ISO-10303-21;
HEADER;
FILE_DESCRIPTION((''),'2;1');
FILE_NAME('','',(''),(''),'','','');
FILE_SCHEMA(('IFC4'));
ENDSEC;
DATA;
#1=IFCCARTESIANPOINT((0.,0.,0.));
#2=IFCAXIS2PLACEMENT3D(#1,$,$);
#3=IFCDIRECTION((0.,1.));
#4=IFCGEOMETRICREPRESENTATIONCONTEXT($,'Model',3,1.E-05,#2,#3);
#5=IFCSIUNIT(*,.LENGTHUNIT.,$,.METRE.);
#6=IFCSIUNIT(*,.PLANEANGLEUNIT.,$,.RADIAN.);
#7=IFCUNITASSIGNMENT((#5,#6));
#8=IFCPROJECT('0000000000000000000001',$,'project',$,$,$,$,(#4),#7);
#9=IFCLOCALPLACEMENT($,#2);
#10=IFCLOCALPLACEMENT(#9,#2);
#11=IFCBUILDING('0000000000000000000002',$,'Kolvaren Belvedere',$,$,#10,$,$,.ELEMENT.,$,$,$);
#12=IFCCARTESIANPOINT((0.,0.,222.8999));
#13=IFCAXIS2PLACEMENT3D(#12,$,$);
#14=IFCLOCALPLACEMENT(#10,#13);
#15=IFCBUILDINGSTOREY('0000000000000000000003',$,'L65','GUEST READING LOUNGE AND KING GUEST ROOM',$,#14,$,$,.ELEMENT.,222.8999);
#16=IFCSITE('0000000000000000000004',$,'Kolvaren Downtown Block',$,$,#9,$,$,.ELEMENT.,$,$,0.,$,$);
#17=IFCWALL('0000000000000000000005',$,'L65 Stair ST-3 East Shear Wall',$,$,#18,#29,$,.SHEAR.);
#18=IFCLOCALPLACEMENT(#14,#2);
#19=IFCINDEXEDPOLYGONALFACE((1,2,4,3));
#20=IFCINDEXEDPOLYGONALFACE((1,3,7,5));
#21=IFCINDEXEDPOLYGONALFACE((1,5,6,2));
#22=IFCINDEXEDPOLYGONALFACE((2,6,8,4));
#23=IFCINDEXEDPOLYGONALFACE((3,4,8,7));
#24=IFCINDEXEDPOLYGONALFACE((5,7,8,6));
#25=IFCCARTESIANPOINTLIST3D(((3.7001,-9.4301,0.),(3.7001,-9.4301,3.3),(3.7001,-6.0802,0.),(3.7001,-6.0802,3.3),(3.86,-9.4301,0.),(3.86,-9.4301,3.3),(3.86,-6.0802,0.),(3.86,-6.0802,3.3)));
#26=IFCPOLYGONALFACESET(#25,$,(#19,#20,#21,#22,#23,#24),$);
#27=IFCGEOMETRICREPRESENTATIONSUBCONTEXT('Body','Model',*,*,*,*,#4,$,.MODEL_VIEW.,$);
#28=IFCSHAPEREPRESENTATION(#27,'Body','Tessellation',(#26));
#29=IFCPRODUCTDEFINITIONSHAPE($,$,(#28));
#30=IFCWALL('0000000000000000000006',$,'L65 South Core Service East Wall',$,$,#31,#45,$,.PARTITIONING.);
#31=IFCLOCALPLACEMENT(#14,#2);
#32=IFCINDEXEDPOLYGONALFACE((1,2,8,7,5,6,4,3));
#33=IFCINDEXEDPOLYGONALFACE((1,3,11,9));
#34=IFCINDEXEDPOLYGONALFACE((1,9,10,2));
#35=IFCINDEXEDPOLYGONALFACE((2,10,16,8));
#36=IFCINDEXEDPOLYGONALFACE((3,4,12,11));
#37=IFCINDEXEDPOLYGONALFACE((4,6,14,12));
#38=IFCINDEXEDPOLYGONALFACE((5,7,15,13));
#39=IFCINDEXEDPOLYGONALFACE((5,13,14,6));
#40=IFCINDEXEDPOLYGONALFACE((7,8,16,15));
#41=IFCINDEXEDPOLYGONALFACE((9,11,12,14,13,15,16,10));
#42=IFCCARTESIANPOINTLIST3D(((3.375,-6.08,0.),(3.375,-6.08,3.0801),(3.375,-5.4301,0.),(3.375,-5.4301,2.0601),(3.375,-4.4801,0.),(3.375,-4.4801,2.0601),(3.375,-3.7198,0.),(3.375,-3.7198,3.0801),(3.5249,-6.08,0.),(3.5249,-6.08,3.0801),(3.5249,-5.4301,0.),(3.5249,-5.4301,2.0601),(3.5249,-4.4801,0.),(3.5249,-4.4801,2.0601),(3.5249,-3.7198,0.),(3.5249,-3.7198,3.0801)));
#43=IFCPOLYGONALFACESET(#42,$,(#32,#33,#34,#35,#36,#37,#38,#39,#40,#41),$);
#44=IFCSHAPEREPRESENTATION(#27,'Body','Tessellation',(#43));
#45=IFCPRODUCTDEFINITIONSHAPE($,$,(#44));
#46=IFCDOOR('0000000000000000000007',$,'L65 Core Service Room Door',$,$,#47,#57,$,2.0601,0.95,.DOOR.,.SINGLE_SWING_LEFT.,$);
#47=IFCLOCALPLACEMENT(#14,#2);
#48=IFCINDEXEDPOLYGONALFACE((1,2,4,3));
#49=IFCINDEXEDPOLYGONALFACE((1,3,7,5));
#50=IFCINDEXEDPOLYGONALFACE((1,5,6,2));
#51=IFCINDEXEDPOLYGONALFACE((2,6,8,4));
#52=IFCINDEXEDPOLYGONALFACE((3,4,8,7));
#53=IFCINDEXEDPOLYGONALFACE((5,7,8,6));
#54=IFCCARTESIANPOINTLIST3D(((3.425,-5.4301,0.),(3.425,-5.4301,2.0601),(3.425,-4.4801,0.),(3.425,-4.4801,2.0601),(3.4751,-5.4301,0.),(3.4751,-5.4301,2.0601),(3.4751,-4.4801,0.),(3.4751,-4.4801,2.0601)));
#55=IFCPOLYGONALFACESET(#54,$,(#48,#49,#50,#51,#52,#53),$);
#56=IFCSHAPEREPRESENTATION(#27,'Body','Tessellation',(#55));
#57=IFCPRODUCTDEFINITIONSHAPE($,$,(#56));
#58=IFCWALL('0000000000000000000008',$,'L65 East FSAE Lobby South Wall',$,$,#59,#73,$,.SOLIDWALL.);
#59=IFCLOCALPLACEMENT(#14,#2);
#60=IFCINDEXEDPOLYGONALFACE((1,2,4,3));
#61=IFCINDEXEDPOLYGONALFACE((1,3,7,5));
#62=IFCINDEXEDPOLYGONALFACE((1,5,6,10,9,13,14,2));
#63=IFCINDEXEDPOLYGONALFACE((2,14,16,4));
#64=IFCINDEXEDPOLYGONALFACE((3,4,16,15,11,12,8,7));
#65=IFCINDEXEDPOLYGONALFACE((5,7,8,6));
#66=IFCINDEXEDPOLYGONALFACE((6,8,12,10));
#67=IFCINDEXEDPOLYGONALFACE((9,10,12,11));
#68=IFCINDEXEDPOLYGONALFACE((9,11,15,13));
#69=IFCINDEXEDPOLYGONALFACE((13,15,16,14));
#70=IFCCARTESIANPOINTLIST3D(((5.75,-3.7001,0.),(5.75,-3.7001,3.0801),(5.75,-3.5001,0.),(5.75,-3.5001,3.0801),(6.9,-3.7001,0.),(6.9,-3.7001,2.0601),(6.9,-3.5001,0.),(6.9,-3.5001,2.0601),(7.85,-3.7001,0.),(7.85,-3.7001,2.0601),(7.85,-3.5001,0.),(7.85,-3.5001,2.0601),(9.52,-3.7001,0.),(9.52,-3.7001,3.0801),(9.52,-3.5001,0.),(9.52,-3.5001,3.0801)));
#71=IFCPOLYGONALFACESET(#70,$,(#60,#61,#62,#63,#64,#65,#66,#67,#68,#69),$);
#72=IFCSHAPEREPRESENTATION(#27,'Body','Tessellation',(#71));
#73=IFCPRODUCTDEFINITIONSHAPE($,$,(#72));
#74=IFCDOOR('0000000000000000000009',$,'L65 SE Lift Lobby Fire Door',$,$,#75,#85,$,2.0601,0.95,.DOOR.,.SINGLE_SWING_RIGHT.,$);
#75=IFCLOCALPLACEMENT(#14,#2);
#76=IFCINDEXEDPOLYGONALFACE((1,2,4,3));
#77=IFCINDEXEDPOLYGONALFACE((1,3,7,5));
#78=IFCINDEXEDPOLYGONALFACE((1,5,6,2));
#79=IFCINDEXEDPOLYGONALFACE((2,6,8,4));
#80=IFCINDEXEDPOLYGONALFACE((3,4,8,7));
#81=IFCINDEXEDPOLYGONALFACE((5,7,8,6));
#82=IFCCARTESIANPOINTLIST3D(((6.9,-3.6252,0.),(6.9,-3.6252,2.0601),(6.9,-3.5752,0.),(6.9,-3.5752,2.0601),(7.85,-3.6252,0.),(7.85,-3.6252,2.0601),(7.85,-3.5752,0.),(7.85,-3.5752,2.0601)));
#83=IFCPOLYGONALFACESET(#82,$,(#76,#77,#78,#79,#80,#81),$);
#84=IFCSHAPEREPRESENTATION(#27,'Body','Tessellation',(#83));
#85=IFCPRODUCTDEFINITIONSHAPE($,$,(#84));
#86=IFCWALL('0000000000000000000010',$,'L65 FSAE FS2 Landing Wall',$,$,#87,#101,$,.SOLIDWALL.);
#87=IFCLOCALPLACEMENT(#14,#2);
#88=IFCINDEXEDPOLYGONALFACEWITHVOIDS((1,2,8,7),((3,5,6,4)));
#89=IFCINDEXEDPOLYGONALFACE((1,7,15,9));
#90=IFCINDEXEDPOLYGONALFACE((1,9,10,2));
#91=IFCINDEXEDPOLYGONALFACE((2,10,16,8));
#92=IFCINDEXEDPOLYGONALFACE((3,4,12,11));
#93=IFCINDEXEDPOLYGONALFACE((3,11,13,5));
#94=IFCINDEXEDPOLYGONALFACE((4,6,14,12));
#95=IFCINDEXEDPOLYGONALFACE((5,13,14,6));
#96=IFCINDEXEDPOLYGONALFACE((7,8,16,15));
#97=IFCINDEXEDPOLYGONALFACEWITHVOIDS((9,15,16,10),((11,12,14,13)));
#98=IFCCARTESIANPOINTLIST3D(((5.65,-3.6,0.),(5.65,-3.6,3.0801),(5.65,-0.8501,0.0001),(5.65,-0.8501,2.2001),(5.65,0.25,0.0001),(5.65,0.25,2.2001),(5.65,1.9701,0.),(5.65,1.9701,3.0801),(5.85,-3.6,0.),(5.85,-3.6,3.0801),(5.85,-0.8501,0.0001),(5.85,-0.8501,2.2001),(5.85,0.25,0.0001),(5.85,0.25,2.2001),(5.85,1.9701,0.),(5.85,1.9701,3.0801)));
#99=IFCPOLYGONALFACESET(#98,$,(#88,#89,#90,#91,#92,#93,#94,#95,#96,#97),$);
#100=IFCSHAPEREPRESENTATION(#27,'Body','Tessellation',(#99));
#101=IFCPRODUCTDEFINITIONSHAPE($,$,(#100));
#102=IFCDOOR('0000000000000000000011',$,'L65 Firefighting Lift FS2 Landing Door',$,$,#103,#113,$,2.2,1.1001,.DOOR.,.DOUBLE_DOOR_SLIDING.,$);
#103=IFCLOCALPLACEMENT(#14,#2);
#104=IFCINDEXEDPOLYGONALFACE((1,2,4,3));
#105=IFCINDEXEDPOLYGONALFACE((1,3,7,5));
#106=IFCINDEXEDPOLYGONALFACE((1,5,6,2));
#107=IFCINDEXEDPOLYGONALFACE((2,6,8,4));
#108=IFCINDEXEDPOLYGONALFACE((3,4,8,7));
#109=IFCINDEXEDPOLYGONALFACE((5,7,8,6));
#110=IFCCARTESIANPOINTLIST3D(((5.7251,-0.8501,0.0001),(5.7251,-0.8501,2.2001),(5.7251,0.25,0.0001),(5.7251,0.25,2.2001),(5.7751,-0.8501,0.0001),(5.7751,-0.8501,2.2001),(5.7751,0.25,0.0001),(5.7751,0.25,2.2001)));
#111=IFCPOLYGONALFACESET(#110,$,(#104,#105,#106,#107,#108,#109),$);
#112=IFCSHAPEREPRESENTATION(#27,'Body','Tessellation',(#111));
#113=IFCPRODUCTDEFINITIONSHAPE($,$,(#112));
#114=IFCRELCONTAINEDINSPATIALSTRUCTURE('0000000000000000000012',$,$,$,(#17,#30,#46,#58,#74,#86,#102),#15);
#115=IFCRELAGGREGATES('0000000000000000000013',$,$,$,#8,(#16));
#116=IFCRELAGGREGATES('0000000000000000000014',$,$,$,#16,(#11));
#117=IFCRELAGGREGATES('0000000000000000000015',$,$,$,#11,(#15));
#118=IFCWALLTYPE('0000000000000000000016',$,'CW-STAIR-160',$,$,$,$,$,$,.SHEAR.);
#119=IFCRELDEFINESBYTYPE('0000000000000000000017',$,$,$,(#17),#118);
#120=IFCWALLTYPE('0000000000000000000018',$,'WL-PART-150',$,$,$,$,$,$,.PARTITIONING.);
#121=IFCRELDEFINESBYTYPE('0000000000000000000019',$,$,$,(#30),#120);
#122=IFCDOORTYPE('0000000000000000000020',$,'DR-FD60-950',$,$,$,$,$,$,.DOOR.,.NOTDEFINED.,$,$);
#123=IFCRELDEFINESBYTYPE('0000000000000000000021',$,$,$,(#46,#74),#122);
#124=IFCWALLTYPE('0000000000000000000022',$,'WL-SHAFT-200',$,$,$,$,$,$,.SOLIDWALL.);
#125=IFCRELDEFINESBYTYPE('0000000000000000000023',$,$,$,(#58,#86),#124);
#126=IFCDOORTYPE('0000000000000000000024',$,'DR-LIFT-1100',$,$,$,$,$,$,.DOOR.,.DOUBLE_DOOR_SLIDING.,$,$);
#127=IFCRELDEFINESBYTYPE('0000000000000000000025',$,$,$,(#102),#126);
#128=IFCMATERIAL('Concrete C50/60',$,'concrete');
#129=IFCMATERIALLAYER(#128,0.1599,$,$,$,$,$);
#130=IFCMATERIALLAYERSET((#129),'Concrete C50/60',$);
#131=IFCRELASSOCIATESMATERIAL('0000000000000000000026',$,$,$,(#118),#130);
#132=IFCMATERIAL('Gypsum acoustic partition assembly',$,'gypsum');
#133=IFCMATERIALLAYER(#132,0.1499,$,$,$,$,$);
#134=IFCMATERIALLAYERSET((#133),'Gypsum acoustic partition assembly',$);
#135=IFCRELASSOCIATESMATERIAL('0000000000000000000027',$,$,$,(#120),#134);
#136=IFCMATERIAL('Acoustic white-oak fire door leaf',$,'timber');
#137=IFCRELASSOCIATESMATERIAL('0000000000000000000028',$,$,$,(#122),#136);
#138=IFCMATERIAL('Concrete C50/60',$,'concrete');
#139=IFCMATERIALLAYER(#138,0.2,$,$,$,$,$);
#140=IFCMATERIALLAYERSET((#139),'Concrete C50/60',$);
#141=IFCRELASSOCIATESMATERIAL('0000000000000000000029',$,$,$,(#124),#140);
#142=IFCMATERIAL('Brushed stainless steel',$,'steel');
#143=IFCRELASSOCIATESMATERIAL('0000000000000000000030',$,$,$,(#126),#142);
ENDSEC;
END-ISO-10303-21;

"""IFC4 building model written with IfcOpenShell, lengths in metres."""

from ifc_helpers import new_model, si_unit, direction, frame, frame_2d, origin, place, context, subcontext, project, spatial, rectangle, extrude, material, layer, layer_set, type_object, element, fill, save


model = new_model("IFC4")

# Units and contexts
model_context = context("Model", 3, precision=1e-05, world=origin(), true_north=direction((0.0, 1.0)))
body_context = subcontext(model_context, "Body", "Model", "MODEL_VIEW")
ifc_project = project(units=[si_unit("LENGTHUNIT", "METRE"), si_unit("PLANEANGLEUNIT", "RADIAN")], contexts=[model_context])

# Site, building, storey
site_placement = place(None, origin())
site = spatial("IfcSite", under=ifc_project, at=site_placement, Name="Kolvaren Downtown Block", CompositionType="ELEMENT", RefElevation=0.0)
building_placement = place(site_placement, origin())
building = spatial("IfcBuilding", under=site, at=building_placement, Name="Kolvaren Belvedere", CompositionType="ELEMENT")
storey_placement = place(building_placement, frame((0.0, 0.0, 222.8999)))
storey = spatial("IfcBuildingStorey", under=building, at=storey_placement, Name="L65", Description="GUEST READING LOUNGE AND KING GUEST ROOM", CompositionType="ELEMENT", Elevation=222.8999)

# Shared definitions
ifc_material_1 = material(Name="Concrete C50/60", Category="concrete")
ifc_layer_1 = layer(ifc_material_1, 0.1599)
ifc_layer_set_1 = layer_set([ifc_layer_1], Name="Concrete C50/60")
wall_type_1 = type_object("IfcWallType", Name="CW-STAIR-160", PredefinedType="SHEAR", material=ifc_layer_set_1)

# Wall
wall_1_placement = place(storey_placement, frame((3.78, -9.4299, 0.0), z_axis=(0.0, 0.0, 1.0), x_axis=(0.0, 1.0, 0.0)))
element("IfcWall", 1, at=wall_1_placement, inside=storey, type_object=wall_type_1, Name="L65 Stair ST-3 East Shear Wall", PredefinedType="SHEAR", context=body_context, shape_type="SweptSolid", body=[
    extrude(rectangle(XDim=3.3499, YDim=0.1599, at=frame_2d((1.6748, 0.0))), origin(), (0.0, 0.0, 1.0), 3.3),
])

# Walls, openings, doors
ifc_material_2 = material(Name="Gypsum acoustic partition assembly", Category="gypsum")
ifc_layer_2 = layer(ifc_material_2, 0.1499)
ifc_layer_set_2 = layer_set([ifc_layer_2], Name="Gypsum acoustic partition assembly")
wall_type_2 = type_object("IfcWallType", Name="WL-PART-150", PredefinedType="PARTITIONING", material=ifc_layer_set_2)
wall_2_placement = place(storey_placement, frame((3.45, -6.0801, 0.0), z_axis=(0.0, 0.0, 1.0), x_axis=(0.0, 1.0, 0.0)))
wall_2 = element("IfcWall", 2, at=wall_2_placement, inside=storey, type_object=wall_type_2, Name="L65 South Core Service East Wall", PredefinedType="PARTITIONING", context=body_context, shape_type="SweptSolid", body=[
    extrude(rectangle(XDim=2.3601, YDim=0.1499, at=frame_2d((1.1802, 0.0))), origin(), (0.0, 0.0, 1.0), 3.0801),
])
opening_1_placement = place(wall_2_placement, frame((0.6499, 0.0, 0.0)))
opening_1 = element("IfcOpeningElement", 3, at=opening_1_placement, cuts=wall_2, PredefinedType="OPENING", context=body_context, shape_type="SweptSolid", body=[
    extrude(rectangle(XDim=0.95, YDim=2.0601, at=frame_2d((0.4751, 1.03))), frame((0.0, 0.085, 0.0), z_axis=(0.0, -1.0, 0.0), x_axis=(1.0, 0.0, 0.0)), (0.0, 0.0, 1.0), 0.1699),
])
ifc_material_3 = material(Name="Acoustic white-oak fire door leaf", Category="timber")
door_type_1 = type_object("IfcDoorType", Name="DR-FD60-950", OperationType="NOTDEFINED", PredefinedType="DOOR", material=ifc_material_3)
door_1_placement = place(opening_1_placement, origin())
door_1 = element("IfcDoor", 4, at=door_1_placement, inside=storey, type_object=door_type_1, Name="L65 Core Service Room Door", OperationType="SINGLE_SWING_LEFT", OverallHeight=2.0601, OverallWidth=0.95, PredefinedType="DOOR", context=body_context, shape_type="SweptSolid", body=[
    extrude(rectangle(XDim=0.95, YDim=2.0601, at=frame_2d((0.4751, 1.03))), frame((0.0, 0.0249, 0.0), z_axis=(0.0, -1.0, 0.0), x_axis=(1.0, 0.0, 0.0)), (0.0, 0.0, 1.0), 0.05),
])
fill(opening_1, door_1)
ifc_material_4 = material(Name="Concrete C50/60", Category="concrete")
ifc_layer_3 = layer(ifc_material_4, 0.2)
ifc_layer_set_3 = layer_set([ifc_layer_3], Name="Concrete C50/60")
wall_type_3 = type_object("IfcWallType", Name="WL-SHAFT-200", PredefinedType="SOLIDWALL", material=ifc_layer_set_3)
wall_3_placement = place(storey_placement, frame((5.75, -3.6001, 0.0), z_axis=(0.0, 0.0, 1.0), x_axis=(1.0, 0.0, 0.0)))
wall_3 = element("IfcWall", 5, at=wall_3_placement, inside=storey, type_object=wall_type_3, Name="L65 East FSAE Lobby South Wall", PredefinedType="SOLIDWALL", context=body_context, shape_type="SweptSolid", body=[
    extrude(rectangle(XDim=3.77, YDim=0.2, at=frame_2d((1.885, 0.0))), origin(), (0.0, 0.0, 1.0), 3.0801),
])
opening_2_placement = place(wall_3_placement, frame((1.1499, 0.0, 0.0)))
opening_2 = element("IfcOpeningElement", 6, at=opening_2_placement, cuts=wall_3, PredefinedType="OPENING", context=body_context, shape_type="SweptSolid", body=[
    extrude(rectangle(XDim=0.95, YDim=2.0601, at=frame_2d((0.4751, 1.03))), frame((0.0, 0.1099, 0.0), z_axis=(0.0, -1.0, 0.0), x_axis=(1.0, 0.0, 0.0)), (0.0, 0.0, 1.0), 0.22),
])
door_2_placement = place(opening_2_placement, origin())
door_2 = element("IfcDoor", 7, at=door_2_placement, inside=storey, type_object=door_type_1, Name="L65 SE Lift Lobby Fire Door", OperationType="SINGLE_SWING_RIGHT", OverallHeight=2.0601, OverallWidth=0.95, PredefinedType="DOOR", context=body_context, shape_type="SweptSolid", body=[
    extrude(rectangle(XDim=0.95, YDim=2.0601, at=frame_2d((0.4751, 1.03))), frame((0.0, 0.0249, 0.0), z_axis=(0.0, -1.0, 0.0), x_axis=(1.0, 0.0, 0.0)), (0.0, 0.0, 1.0), 0.05),
])
fill(opening_2, door_2)
wall_4_placement = place(storey_placement, frame((5.75, -3.6001, 0.0), z_axis=(0.0, 0.0, 1.0), x_axis=(0.0, 1.0, 0.0)))
wall_4 = element("IfcWall", 8, at=wall_4_placement, inside=storey, type_object=wall_type_3, Name="L65 FSAE FS2 Landing Wall", PredefinedType="SOLIDWALL", context=body_context, shape_type="SweptSolid", body=[
    extrude(rectangle(XDim=5.5701, YDim=0.2, at=frame_2d((2.7852, 0.0))), origin(), (0.0, 0.0, 1.0), 3.0801),
])
opening_3_placement = place(wall_4_placement, frame((2.75, 0.0, 0.0)))
opening_3 = element("IfcOpeningElement", 9, at=opening_3_placement, cuts=wall_4, PredefinedType="OPENING", context=body_context, shape_type="SweptSolid", body=[
    extrude(rectangle(XDim=1.1001, YDim=2.2, at=frame_2d((0.55, 1.1001))), frame((0.0, 0.1099, 0.0), z_axis=(0.0, -1.0, 0.0), x_axis=(1.0, 0.0, 0.0)), (0.0, 0.0, 1.0), 0.22),
])
ifc_material_5 = material(Name="Brushed stainless steel", Category="steel")
door_type_2 = type_object("IfcDoorType", Name="DR-LIFT-1100", OperationType="DOUBLE_DOOR_SLIDING", PredefinedType="DOOR", material=ifc_material_5)
door_3_placement = place(opening_3_placement, origin())
door_3 = element("IfcDoor", 10, at=door_3_placement, inside=storey, type_object=door_type_2, Name="L65 Firefighting Lift FS2 Landing Door", OperationType="DOUBLE_DOOR_SLIDING", OverallHeight=2.2, OverallWidth=1.1001, PredefinedType="DOOR", context=body_context, shape_type="SweptSolid", body=[
    extrude(rectangle(XDim=1.1001, YDim=2.2, at=frame_2d((0.55, 1.1001))), frame((0.0, 0.0249, 0.0), z_axis=(0.0, -1.0, 0.0), x_axis=(1.0, 0.0, 0.0)), (0.0, 0.0, 1.0), 0.05),
])
fill(opening_3, door_3)

save(model, "model.ifc")
